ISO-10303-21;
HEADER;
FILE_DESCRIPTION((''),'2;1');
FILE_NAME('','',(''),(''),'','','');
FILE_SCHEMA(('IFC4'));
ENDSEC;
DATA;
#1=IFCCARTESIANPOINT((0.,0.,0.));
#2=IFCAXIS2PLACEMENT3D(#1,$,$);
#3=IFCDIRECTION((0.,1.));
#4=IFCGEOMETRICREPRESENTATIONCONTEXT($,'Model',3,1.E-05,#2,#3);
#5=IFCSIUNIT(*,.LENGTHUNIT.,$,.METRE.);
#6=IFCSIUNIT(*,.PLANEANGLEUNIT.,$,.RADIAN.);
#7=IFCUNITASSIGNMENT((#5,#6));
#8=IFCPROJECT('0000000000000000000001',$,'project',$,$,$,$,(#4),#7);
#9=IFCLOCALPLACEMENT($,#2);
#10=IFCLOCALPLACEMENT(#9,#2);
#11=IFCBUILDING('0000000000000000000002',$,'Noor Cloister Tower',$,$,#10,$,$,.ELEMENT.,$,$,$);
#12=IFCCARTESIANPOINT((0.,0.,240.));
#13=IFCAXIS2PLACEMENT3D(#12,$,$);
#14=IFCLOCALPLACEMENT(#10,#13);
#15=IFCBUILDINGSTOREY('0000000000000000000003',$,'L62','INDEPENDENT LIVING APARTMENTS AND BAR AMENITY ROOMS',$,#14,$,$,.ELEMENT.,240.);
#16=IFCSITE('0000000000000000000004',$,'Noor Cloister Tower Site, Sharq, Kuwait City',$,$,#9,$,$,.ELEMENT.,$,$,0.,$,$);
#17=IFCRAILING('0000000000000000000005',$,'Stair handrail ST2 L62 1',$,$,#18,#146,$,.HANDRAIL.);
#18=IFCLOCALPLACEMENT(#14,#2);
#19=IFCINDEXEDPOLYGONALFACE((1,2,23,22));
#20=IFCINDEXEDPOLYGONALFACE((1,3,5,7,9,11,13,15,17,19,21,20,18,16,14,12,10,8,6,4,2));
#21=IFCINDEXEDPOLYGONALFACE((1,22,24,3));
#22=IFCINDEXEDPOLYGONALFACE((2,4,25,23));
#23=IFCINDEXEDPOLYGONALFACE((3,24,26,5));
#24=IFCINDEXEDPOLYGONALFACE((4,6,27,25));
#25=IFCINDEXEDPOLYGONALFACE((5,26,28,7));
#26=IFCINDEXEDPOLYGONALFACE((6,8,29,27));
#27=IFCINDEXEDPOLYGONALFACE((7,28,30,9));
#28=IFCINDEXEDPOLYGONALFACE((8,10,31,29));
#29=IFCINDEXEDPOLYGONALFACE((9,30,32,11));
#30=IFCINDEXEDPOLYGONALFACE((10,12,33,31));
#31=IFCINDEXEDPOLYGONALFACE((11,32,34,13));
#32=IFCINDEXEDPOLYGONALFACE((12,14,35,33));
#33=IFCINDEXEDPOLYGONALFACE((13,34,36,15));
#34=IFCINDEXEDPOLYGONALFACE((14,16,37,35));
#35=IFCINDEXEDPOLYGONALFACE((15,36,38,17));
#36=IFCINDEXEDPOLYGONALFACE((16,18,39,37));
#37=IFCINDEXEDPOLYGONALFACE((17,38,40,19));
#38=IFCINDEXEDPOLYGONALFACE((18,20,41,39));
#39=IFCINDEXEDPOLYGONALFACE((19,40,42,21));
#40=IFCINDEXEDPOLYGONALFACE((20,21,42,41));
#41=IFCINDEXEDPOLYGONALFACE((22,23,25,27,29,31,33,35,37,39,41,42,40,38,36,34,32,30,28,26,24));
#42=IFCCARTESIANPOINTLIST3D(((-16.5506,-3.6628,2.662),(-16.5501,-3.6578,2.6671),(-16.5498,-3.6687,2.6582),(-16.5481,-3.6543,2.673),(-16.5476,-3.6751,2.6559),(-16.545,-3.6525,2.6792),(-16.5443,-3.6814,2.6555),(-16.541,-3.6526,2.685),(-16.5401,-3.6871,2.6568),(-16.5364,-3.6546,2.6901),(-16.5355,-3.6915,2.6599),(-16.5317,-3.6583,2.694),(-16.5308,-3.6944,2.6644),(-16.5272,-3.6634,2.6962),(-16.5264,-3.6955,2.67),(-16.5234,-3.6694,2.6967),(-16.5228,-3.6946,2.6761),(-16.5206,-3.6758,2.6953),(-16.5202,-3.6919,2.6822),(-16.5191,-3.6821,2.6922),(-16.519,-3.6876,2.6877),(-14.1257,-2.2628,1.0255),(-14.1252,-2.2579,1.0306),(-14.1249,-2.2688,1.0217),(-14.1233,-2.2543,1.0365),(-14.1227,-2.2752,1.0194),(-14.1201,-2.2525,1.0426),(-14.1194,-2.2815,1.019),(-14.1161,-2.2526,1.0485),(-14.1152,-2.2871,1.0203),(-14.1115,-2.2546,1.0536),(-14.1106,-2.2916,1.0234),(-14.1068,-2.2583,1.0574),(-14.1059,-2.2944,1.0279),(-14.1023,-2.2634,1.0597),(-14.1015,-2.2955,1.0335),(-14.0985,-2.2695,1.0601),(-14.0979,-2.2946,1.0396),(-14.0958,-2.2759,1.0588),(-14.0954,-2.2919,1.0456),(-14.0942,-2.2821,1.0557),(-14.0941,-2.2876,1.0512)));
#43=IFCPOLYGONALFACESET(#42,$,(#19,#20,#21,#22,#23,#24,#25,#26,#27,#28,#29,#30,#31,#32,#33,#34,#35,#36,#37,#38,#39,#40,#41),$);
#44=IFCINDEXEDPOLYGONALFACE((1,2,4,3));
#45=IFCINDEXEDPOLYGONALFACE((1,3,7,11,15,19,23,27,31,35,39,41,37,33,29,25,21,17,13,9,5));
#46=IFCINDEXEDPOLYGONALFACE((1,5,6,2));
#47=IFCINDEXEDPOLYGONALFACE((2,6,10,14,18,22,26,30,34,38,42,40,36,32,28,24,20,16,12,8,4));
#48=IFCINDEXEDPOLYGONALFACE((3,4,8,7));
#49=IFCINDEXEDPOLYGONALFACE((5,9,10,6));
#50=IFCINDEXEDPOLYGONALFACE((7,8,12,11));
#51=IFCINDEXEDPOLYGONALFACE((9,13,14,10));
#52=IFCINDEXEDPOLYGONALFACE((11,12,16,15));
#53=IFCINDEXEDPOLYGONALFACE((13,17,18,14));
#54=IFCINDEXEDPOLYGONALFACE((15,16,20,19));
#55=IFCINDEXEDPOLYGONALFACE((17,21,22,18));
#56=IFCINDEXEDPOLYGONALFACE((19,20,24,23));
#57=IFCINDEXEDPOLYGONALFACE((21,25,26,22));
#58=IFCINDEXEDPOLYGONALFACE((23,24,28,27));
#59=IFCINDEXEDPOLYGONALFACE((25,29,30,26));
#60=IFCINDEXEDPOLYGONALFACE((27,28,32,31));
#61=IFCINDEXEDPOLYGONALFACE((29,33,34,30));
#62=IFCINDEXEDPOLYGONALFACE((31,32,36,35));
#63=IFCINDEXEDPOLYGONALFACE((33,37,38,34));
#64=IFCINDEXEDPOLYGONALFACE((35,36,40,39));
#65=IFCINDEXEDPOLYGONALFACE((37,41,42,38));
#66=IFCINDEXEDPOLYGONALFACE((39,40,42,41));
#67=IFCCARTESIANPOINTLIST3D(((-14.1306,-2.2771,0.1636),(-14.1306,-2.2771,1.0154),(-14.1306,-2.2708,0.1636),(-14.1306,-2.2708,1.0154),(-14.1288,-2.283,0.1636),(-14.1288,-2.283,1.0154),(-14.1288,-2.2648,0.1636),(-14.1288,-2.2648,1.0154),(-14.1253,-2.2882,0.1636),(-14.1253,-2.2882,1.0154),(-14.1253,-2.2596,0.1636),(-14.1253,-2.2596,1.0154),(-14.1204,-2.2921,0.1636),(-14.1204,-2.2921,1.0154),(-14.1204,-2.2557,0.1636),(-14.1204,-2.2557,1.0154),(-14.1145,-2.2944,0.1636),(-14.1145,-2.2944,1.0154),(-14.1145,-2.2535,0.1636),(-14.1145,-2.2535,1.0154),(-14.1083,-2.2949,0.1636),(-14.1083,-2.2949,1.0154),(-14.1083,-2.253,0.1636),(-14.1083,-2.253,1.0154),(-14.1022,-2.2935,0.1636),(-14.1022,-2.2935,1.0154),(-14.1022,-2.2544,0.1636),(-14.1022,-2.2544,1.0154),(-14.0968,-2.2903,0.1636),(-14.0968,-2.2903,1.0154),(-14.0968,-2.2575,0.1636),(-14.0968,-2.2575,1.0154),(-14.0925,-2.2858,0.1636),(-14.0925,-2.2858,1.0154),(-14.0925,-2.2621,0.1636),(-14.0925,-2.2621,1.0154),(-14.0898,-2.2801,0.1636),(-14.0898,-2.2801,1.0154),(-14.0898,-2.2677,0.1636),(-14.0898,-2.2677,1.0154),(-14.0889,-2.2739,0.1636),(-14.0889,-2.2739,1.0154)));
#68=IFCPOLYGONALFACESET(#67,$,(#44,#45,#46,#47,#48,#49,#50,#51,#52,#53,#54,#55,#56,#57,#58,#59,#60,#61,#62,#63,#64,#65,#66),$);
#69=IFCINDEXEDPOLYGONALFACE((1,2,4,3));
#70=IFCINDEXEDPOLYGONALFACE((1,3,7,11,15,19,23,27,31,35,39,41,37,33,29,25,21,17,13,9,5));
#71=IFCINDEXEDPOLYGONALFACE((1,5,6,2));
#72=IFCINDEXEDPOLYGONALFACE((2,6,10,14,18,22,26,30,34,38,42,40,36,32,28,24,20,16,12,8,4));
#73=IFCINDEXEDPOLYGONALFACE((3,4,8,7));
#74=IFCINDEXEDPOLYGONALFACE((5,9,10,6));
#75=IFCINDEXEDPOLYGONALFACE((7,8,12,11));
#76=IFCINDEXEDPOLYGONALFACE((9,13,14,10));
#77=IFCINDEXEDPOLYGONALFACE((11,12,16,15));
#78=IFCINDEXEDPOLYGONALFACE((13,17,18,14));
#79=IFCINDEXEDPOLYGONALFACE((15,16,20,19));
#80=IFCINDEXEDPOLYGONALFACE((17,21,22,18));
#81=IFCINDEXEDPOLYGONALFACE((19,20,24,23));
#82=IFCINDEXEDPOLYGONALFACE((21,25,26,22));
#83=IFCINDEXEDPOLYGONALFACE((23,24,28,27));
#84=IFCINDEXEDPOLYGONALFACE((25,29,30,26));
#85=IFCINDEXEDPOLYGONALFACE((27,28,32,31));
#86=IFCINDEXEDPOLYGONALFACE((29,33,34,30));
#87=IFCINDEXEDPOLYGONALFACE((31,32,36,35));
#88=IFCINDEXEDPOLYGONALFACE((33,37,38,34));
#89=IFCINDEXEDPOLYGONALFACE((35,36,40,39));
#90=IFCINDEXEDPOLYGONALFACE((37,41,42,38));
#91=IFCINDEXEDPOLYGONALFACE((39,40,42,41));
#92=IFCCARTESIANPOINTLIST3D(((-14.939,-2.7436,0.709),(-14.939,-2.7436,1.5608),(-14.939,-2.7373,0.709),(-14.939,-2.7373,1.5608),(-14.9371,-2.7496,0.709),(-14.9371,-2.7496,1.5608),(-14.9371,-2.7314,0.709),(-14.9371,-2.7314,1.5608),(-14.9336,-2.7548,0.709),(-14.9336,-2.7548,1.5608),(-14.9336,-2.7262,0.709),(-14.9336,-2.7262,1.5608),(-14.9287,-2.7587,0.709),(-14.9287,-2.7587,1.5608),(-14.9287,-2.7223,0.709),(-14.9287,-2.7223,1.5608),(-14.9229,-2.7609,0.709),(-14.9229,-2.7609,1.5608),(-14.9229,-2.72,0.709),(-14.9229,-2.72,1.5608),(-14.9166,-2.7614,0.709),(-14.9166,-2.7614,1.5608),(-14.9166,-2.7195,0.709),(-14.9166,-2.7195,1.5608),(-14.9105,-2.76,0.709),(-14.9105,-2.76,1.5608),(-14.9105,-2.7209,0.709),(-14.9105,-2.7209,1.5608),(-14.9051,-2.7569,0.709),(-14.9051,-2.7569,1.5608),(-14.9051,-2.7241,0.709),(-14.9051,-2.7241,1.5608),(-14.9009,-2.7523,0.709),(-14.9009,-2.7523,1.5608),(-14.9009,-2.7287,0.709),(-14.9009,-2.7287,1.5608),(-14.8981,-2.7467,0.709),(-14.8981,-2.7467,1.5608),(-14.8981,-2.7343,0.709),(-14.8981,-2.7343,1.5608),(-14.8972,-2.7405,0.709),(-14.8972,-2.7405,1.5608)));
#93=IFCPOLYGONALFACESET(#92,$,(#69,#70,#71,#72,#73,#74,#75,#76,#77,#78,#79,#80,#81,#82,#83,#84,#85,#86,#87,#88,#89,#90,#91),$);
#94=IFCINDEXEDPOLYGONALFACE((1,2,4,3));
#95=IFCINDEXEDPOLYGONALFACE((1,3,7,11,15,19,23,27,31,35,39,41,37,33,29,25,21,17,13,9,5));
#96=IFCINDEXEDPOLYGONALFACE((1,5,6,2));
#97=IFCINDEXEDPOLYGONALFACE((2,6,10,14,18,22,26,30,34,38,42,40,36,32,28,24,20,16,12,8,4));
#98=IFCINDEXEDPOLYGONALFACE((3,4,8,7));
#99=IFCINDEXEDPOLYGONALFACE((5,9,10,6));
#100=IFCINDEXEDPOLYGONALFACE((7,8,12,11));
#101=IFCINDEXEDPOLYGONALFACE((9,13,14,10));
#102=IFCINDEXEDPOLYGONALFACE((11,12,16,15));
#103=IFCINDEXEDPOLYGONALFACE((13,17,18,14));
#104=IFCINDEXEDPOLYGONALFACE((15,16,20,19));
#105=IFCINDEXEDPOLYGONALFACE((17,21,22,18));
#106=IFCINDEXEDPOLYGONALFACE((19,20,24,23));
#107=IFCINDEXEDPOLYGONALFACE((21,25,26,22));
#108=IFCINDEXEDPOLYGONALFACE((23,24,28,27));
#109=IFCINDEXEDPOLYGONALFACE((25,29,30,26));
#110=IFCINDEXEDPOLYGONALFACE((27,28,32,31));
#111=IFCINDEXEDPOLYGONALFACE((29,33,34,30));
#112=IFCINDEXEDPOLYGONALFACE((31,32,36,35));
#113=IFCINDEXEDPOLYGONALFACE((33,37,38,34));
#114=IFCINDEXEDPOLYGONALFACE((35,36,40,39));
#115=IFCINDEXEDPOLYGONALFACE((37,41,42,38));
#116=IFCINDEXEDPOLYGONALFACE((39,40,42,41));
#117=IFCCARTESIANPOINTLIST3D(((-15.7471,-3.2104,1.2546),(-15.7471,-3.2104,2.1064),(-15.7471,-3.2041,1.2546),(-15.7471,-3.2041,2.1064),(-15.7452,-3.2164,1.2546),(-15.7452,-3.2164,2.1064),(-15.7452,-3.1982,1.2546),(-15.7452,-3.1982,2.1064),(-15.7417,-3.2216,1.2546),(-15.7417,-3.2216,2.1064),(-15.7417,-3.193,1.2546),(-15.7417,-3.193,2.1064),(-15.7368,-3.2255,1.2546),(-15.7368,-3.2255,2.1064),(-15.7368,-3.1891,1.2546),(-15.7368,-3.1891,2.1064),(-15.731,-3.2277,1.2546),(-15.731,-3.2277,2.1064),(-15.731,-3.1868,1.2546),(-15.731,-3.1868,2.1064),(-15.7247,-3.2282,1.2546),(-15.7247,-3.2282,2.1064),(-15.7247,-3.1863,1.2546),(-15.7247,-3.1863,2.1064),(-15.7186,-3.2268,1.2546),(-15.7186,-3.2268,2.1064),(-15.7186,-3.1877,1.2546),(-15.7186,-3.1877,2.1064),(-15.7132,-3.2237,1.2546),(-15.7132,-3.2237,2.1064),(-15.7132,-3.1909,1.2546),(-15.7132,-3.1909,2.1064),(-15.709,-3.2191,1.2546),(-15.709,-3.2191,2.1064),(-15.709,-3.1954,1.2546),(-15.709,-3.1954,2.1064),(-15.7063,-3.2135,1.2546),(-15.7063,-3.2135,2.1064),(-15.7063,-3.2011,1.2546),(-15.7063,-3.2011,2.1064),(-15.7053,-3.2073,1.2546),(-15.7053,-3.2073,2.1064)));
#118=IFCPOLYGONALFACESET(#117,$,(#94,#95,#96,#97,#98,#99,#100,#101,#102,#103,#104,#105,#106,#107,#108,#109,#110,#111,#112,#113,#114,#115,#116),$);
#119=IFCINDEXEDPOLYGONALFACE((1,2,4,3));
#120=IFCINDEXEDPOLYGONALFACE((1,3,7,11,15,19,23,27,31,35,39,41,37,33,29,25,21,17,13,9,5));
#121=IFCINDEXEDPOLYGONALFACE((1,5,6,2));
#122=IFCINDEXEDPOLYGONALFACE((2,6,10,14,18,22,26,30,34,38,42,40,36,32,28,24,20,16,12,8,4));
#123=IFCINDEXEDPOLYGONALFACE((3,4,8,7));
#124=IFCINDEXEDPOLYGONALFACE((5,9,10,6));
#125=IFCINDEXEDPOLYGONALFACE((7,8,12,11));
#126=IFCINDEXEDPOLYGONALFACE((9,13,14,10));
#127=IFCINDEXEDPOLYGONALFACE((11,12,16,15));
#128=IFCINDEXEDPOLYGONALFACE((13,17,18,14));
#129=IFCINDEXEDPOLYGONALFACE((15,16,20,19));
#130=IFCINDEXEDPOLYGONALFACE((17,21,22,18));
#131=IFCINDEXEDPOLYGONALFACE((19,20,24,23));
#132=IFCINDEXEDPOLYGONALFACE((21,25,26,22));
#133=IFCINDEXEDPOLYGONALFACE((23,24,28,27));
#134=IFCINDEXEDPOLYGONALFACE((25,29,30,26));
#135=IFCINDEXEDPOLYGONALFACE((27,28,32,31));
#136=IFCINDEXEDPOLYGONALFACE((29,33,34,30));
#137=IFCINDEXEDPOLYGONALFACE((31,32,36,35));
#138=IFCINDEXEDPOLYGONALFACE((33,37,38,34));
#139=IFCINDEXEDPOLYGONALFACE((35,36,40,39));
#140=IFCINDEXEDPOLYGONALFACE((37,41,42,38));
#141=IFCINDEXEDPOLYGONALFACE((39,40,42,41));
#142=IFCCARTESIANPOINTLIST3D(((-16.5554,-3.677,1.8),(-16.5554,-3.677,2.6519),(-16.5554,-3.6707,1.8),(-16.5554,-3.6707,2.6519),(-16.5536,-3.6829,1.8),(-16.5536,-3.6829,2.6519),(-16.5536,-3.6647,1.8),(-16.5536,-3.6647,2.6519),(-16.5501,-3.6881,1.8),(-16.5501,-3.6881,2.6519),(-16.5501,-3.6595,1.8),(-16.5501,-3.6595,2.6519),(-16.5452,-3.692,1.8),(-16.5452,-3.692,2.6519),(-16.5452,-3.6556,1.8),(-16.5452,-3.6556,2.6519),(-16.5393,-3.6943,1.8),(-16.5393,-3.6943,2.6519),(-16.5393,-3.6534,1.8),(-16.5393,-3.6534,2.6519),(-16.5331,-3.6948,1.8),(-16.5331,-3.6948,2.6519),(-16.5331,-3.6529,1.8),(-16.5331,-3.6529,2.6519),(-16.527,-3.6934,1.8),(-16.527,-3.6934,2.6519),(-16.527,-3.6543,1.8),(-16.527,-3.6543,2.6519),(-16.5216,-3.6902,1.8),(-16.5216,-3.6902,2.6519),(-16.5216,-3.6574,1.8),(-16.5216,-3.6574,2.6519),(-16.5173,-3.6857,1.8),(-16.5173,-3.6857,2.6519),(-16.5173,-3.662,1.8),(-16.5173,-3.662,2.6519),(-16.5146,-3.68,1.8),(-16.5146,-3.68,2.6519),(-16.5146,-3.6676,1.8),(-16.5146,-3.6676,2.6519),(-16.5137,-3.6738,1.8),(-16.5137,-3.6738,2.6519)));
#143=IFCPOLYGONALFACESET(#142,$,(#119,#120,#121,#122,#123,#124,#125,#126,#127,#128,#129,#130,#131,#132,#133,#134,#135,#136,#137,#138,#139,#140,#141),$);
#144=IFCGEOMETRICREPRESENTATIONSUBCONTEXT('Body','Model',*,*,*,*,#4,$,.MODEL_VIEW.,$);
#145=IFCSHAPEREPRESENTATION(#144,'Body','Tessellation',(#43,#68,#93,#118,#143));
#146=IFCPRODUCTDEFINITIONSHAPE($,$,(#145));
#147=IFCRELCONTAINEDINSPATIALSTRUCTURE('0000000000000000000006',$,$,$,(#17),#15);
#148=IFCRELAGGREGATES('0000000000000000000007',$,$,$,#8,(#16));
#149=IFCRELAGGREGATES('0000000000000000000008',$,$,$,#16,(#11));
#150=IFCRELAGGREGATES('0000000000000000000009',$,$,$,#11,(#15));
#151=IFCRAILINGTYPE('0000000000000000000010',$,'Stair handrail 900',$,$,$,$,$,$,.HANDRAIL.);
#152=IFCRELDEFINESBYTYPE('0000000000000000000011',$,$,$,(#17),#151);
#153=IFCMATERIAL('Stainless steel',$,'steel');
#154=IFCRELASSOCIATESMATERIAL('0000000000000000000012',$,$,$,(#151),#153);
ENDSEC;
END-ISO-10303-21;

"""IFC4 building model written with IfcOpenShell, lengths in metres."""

from ifc_helpers import new_model, si_unit, direction, frame, origin, origin_2d, place, context, subcontext, project, spatial, circle, extrude, material, type_object, element, save


model = new_model("IFC4")

# Units and contexts
model_context = context("Model", 3, precision=1e-05, world=origin(), true_north=direction((0.0, 1.0)))
body_context = subcontext(model_context, "Body", "Model", "MODEL_VIEW")
ifc_project = project(units=[si_unit("LENGTHUNIT", "METRE"), si_unit("PLANEANGLEUNIT", "RADIAN")], contexts=[model_context])

# Site, building, storey
site_placement = place(None, origin())
site = spatial("IfcSite", under=ifc_project, at=site_placement, Name="Noor Cloister Tower Site, Sharq, Kuwait City", CompositionType="ELEMENT", RefElevation=0.0)
building_placement = place(site_placement, origin())
building = spatial("IfcBuilding", under=site, at=building_placement, Name="Noor Cloister Tower", CompositionType="ELEMENT")
storey_placement = place(building_placement, frame((0.0, 0.0, 240.0)))
storey = spatial("IfcBuildingStorey", under=building, at=storey_placement, Name="L62", Description="INDEPENDENT LIVING APARTMENTS AND BAR AMENITY ROOMS", CompositionType="ELEMENT", Elevation=240.0)

# Railing
ifc_material_1 = material(Name="Stainless steel", Category="steel")
railing_type_1 = type_object("IfcRailingType", Name="Stair handrail 900", PredefinedType="HANDRAIL", material=ifc_material_1)
railing_1_placement = place(storey_placement, frame((-14.1099, -2.2739, 0.1636)))
element("IfcRailing", 1, at=railing_1_placement, inside=storey, type_object=railing_type_1, Name="Stair handrail ST2 L62 1", PredefinedType="HANDRAIL", context=body_context, shape_type="SweptSolid", body=[
    extrude(circle(Radius=0.0239, at=origin_2d()), frame((0.0, 0.0, 0.876), z_axis=(-0.74769, -0.431661, 0.504608), x_axis=(0.499984, -0.866035, 0.0)), (0.0, 0.0, 1.0), 3.2432),
    extrude(circle(Radius=0.021, at=origin_2d()), origin(), (0.0, 0.0, 1.0), 0.8518),
    extrude(circle(Radius=0.021, at=origin_2d()), frame((-0.8083, -0.4666, 0.5454)), (0.0, 0.0, 1.0), 0.8518),
    extrude(circle(Radius=0.021, at=origin_2d()), frame((-1.6165, -0.9333, 1.0911)), (0.0, 0.0, 1.0), 0.8518),
    extrude(circle(Radius=0.021, at=origin_2d()), frame((-2.4248, -1.3999, 1.6365)), (0.0, 0.0, 1.0), 0.8518),
])

save(model, "model.ifc")
